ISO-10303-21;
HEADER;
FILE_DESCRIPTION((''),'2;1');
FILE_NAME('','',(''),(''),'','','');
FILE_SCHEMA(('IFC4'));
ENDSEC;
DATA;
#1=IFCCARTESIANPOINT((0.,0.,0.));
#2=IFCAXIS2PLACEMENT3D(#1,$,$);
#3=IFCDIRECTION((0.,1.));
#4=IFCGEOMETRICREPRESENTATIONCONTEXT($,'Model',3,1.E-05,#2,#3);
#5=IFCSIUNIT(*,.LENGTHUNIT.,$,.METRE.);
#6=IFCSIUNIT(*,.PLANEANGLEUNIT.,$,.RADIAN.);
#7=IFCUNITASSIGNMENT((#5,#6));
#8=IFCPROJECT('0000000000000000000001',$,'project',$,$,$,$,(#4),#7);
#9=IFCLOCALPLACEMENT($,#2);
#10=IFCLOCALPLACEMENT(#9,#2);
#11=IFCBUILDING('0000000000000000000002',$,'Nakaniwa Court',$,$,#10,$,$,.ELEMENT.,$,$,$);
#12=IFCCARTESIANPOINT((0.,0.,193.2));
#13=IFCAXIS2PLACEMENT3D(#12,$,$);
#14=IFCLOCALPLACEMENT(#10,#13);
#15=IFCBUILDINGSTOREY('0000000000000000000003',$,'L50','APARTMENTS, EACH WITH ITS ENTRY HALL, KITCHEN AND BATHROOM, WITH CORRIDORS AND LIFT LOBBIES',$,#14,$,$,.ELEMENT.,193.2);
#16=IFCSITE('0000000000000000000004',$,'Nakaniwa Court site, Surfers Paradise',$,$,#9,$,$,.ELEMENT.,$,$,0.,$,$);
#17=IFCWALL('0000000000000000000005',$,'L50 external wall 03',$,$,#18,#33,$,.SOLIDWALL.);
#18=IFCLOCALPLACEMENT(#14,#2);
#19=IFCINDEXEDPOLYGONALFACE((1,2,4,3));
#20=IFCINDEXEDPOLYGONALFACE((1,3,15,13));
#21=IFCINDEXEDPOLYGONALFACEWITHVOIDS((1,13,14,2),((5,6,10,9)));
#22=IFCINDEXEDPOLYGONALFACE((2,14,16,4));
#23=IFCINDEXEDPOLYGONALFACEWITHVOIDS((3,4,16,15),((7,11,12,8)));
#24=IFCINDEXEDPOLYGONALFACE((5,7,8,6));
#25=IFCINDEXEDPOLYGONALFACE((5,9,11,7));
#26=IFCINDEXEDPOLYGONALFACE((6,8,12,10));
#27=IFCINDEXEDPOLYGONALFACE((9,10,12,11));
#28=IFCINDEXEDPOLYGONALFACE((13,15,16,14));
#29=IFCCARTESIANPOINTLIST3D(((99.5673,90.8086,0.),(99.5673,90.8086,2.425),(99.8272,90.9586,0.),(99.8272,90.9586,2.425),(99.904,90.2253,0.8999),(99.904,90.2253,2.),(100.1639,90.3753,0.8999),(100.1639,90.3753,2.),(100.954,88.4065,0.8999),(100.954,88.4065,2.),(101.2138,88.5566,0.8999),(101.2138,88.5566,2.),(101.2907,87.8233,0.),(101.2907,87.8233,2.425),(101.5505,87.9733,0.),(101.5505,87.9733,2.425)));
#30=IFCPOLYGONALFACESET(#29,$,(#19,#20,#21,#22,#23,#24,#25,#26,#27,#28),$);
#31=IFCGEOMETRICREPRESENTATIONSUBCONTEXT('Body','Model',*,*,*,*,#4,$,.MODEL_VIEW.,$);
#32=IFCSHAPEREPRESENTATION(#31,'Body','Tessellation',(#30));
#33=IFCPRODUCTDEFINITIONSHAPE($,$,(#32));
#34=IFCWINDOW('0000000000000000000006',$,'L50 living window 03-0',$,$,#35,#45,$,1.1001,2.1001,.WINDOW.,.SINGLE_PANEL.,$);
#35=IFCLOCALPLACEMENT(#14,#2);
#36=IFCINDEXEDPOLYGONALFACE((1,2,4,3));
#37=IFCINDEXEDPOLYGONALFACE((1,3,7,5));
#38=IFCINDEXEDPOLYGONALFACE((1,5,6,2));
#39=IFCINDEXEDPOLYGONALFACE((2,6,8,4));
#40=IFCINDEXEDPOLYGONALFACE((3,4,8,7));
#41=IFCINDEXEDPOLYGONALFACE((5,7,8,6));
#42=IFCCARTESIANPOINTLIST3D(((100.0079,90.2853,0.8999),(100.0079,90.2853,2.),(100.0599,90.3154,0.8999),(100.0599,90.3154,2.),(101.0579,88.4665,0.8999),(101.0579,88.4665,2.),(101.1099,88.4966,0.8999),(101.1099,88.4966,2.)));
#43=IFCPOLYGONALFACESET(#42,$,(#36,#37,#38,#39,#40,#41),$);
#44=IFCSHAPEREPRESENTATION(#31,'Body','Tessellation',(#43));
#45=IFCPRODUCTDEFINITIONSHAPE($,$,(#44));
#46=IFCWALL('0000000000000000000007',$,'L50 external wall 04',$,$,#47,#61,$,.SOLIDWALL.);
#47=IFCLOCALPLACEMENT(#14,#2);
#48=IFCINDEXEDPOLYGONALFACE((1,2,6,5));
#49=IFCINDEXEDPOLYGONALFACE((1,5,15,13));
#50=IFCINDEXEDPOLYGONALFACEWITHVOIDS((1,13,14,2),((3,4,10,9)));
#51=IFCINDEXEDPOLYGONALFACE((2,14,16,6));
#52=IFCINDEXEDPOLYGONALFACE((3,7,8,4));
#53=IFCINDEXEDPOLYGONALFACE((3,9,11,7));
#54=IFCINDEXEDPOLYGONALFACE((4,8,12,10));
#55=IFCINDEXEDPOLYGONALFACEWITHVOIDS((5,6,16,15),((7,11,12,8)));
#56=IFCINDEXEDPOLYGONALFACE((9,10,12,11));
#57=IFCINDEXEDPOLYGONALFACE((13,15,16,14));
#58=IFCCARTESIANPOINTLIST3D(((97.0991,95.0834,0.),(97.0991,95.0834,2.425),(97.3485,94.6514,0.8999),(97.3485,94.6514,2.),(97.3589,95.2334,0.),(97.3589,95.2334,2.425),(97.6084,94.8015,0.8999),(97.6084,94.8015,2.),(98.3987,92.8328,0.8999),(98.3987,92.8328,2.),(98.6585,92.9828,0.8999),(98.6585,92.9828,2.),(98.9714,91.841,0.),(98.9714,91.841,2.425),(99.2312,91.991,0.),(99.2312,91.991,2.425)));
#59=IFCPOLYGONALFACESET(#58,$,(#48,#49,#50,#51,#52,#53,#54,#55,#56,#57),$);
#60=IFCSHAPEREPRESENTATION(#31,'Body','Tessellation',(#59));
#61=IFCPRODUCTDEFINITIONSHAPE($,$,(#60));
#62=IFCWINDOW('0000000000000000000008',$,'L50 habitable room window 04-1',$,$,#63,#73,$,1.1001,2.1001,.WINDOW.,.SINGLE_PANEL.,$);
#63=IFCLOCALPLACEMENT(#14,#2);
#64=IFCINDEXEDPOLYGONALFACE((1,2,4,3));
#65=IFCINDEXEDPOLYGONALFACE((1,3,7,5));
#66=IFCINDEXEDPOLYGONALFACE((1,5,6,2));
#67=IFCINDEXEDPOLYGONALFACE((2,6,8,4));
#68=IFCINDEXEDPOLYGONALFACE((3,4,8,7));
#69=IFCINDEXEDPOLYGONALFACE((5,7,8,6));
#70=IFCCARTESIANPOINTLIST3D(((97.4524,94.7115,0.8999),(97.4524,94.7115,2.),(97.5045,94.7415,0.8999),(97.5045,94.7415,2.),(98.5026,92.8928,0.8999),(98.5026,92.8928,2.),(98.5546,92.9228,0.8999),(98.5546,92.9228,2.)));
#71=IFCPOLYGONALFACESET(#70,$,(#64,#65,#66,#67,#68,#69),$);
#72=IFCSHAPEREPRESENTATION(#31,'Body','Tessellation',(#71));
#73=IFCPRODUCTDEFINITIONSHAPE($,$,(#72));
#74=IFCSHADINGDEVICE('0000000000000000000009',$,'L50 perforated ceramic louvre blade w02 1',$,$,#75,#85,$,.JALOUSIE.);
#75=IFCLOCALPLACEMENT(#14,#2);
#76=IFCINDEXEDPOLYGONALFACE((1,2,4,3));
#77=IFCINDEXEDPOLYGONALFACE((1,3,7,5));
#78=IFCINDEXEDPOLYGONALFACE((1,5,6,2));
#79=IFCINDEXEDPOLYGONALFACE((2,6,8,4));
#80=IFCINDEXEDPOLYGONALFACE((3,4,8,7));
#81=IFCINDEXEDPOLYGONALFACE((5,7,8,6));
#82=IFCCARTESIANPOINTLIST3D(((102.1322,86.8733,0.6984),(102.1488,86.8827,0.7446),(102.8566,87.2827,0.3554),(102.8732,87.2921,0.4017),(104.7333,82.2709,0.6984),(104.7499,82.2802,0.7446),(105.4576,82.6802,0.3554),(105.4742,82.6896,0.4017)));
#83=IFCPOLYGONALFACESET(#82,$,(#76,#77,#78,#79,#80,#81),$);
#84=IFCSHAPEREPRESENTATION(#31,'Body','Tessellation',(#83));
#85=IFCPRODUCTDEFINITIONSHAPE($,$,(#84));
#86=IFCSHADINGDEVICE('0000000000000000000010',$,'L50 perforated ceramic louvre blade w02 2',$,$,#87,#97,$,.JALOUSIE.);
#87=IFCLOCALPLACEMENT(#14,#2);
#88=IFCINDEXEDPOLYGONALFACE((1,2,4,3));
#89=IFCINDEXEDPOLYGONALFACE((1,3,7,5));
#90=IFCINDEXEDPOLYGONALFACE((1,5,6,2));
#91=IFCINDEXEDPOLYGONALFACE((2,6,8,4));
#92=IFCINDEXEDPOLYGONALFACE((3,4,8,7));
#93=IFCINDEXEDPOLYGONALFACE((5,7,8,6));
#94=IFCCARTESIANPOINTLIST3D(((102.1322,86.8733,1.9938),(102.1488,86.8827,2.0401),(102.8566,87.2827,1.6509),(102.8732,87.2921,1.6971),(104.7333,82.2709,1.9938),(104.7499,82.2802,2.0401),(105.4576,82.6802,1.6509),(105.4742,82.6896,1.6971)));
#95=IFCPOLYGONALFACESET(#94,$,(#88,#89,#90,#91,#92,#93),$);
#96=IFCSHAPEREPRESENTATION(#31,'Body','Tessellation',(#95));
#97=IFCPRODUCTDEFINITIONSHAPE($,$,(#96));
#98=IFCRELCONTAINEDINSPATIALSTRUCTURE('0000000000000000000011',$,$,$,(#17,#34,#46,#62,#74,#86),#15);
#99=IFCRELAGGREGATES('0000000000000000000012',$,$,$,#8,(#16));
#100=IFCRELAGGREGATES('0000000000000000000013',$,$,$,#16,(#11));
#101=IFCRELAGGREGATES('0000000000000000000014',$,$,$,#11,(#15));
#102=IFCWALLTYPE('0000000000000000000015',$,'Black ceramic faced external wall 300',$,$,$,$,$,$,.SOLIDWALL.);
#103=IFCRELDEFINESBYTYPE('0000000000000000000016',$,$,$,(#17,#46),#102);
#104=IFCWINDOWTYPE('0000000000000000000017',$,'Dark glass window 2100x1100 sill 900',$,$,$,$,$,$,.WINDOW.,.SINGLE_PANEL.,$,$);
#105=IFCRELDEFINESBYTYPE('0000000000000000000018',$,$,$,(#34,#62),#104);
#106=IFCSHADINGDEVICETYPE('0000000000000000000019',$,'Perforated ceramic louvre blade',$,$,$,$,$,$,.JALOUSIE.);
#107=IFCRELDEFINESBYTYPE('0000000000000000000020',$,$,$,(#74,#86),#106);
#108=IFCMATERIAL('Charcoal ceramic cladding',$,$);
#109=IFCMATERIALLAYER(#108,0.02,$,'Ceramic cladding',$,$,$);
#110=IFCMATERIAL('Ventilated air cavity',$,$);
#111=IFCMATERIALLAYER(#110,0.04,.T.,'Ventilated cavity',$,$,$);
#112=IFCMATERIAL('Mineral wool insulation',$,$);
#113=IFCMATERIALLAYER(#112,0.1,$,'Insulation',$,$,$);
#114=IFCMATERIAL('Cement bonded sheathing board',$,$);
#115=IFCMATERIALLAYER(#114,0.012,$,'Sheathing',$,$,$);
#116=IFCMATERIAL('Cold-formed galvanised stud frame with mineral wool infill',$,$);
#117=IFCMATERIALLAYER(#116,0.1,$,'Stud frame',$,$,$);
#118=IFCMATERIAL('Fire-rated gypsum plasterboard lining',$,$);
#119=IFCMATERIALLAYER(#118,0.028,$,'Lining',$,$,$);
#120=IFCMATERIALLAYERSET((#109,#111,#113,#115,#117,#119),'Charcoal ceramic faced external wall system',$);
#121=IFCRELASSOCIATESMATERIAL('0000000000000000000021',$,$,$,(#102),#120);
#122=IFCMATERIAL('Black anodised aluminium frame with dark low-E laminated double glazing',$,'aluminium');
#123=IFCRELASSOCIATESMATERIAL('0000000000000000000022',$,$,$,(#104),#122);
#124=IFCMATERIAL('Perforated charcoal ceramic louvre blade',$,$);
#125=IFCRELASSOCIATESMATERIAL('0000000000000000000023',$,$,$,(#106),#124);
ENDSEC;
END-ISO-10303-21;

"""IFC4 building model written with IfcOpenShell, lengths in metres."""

from ifc_helpers import new_model, si_unit, direction, frame, frame_2d, origin, origin_2d, place, context, subcontext, project, spatial, rectangle, extrude, material, layer, layer_set, material_profile, profile_set, type_object, element, fill, save


model = new_model("IFC4")

# Units and contexts
model_context = context("Model", 3, precision=1e-05, world=origin(), true_north=direction((0.0, 1.0)))
body_context = subcontext(model_context, "Body", "Model", "MODEL_VIEW")
ifc_project = project(units=[si_unit("LENGTHUNIT", "METRE"), si_unit("PLANEANGLEUNIT", "RADIAN")], contexts=[model_context])

# Site, building, storey
site_placement = place(None, origin())
site = spatial("IfcSite", under=ifc_project, at=site_placement, Name="Nakaniwa Court site, Surfers Paradise", CompositionType="ELEMENT", RefElevation=0.0)
building_placement = place(site_placement, origin())
building = spatial("IfcBuilding", under=site, at=building_placement, Name="Nakaniwa Court", CompositionType="ELEMENT")
storey_placement = place(building_placement, frame((0.0, 0.0, 193.2)))
storey = spatial("IfcBuildingStorey", under=building, at=storey_placement, Name="L50", Description="APARTMENTS, EACH WITH ITS ENTRY HALL, KITCHEN AND BATHROOM, WITH CORRIDORS AND LIFT LOBBIES", CompositionType="ELEMENT", Elevation=193.2)

# Shared definitions
ifc_material_1 = material(Name="Charcoal ceramic cladding")
ifc_layer_1 = layer(ifc_material_1, 0.02, Name="Ceramic cladding")
ifc_material_2 = material(Name="Ventilated air cavity")
ifc_layer_2 = layer(ifc_material_2, 0.04, ventilated=True, Name="Ventilated cavity")
ifc_material_3 = material(Name="Mineral wool insulation")
ifc_layer_3 = layer(ifc_material_3, 0.1, Name="Insulation")
ifc_material_4 = material(Name="Cement bonded sheathing board")
ifc_layer_4 = layer(ifc_material_4, 0.012, Name="Sheathing")
ifc_material_5 = material(Name="Cold-formed galvanised stud frame with mineral wool infill")
ifc_layer_5 = layer(ifc_material_5, 0.1, Name="Stud frame")
ifc_material_6 = material(Name="Fire-rated gypsum plasterboard lining")
ifc_layer_6 = layer(ifc_material_6, 0.028, Name="Lining")
ifc_layer_set = layer_set([ifc_layer_1, ifc_layer_2, ifc_layer_3, ifc_layer_4, ifc_layer_5, ifc_layer_6], Name="Charcoal ceramic faced external wall system")
wall_type = type_object("IfcWallType", Name="Black ceramic faced external wall 300", PredefinedType="SOLIDWALL", material=ifc_layer_set)
ifc_material_7 = material(Name="Black anodised aluminium frame with dark low-E laminated double glazing", Category="aluminium")

# Shared definitions
window_type_1 = type_object("IfcWindowType", Name="Dark glass window 2100x1100 sill 900", PartitioningType="SINGLE_PANEL", PredefinedType="WINDOW", material=ifc_material_7)

# Walls, openings, windows
wall_1_placement = place(storey_placement, frame((101.4207, 87.8982, 0.0), z_axis=(0.0, 0.0, 1.0), x_axis=(-0.499955, 0.866051, 0.0)))
wall_1 = element("IfcWall", 1, at=wall_1_placement, inside=storey, type_object=wall_type, Name="L50 external wall 03", PredefinedType="SOLIDWALL", context=body_context, shape_type="SweptSolid", body=[
    extrude(rectangle(XDim=3.447, YDim=0.3, at=frame_2d((1.7236, 0.0))), origin(), (0.0, 0.0, 1.0), 2.425),
])
opening_1_placement = place(wall_1_placement, frame((0.6736, 0.0, 0.8999)))
opening_1 = element("IfcOpeningElement", 2, at=opening_1_placement, cuts=wall_1, PredefinedType="OPENING", context=body_context, shape_type="SweptSolid", body=[
    extrude(rectangle(XDim=2.1001, YDim=1.1001, at=frame_2d((1.05, 0.55))), frame((0.0, 0.1599, 0.0), z_axis=(0.0, -1.0, 0.0), x_axis=(1.0, 0.0, 0.0)), (0.0, 0.0, 1.0), 0.3201),
])
window_1_placement = place(opening_1_placement, origin())
window_1 = element("IfcWindow", 3, at=window_1_placement, inside=storey, type_object=window_type_1, Name="L50 living window 03-0", OverallHeight=1.1001, OverallWidth=2.1001, PartitioningType="SINGLE_PANEL", PredefinedType="WINDOW", context=body_context, shape_type="SweptSolid", body=[
    extrude(rectangle(XDim=2.1001, YDim=1.1001, at=frame_2d((1.05, 0.55))), frame((0.0, 0.03, 0.0), z_axis=(0.0, -1.0, 0.0), x_axis=(1.0, 0.0, 0.0)), (0.0, 0.0, 1.0), 0.0601),
])
fill(opening_1, window_1)
wall_2_placement = place(storey_placement, frame((99.1013, 91.916, 0.0), z_axis=(0.0, 0.0, 1.0), x_axis=(-0.500059, 0.865991, 0.0)))
wall_2 = element("IfcWall", 4, at=wall_2_placement, inside=storey, type_object=wall_type, Name="L50 external wall 04", PredefinedType="SOLIDWALL", context=body_context, shape_type="SweptSolid", body=[
    extrude(rectangle(XDim=3.7441, YDim=0.3, at=frame_2d((1.8721, 0.0))), origin(), (0.0, 0.0, 1.0), 2.425),
])
opening_2_placement = place(wall_2_placement, frame((1.1453, 0.0, 0.8999)))
opening_2 = element("IfcOpeningElement", 5, at=opening_2_placement, cuts=wall_2, PredefinedType="OPENING", context=body_context, shape_type="SweptSolid", body=[
    extrude(rectangle(XDim=2.1001, YDim=1.1001, at=frame_2d((1.05, 0.55))), frame((0.0, 0.1599, 0.0), z_axis=(0.0, -1.0, 0.0), x_axis=(1.0, 0.0, 0.0)), (0.0, 0.0, 1.0), 0.3201),
])
window_2_placement = place(opening_2_placement, origin())
window_2 = element("IfcWindow", 6, at=window_2_placement, inside=storey, type_object=window_type_1, Name="L50 habitable room window 04-1", OverallHeight=1.1001, OverallWidth=2.1001, PartitioningType="SINGLE_PANEL", PredefinedType="WINDOW", context=body_context, shape_type="SweptSolid", body=[
    extrude(rectangle(XDim=2.1001, YDim=1.1001, at=frame_2d((1.05, 0.55))), frame((0.0, 0.03, 0.0), z_axis=(0.0, -1.0, 0.0), x_axis=(1.0, 0.0, 0.0)), (0.0, 0.0, 1.0), 0.0601),
])
fill(opening_2, window_2)

# Shading devices
ifc_material_8 = material(Name="Perforated charcoal ceramic louvre blade")
ifc_material_profile_1 = material_profile(ifc_material_8, rectangle(XDim=0.8999, YDim=0.05, at=origin_2d()), Name="Perforated ceramic louvre blade")
ifc_profile_set_1 = profile_set([ifc_material_profile_1], Name="Perforated charcoal ceramic louvre blade")
shading_device_type = type_object("IfcShadingDeviceType", Name="Perforated ceramic louvre blade", PredefinedType="JALOUSIE", material=ifc_profile_set_1)
for number, where, z_axis, x_axis, name in (
    (7, (105.1038, 82.4802, 0.55), (-0.492006, 0.870592, 0.0), (-0.804902, -0.454882, 0.38107), "L50 perforated ceramic louvre blade w02 1"),
    (8, (105.1038, 82.4802, 1.8455), (-0.492006, 0.870592, 0.0), (-0.804902, -0.454882, 0.38107), "L50 perforated ceramic louvre blade w02 2"),
):
    element("IfcShadingDevice", number, at=place(storey_placement, frame(where, z_axis=z_axis, x_axis=x_axis)), inside=storey, type_object=shading_device_type, Name=name, PredefinedType="JALOUSIE", context=body_context, shape_type="SweptSolid", body=[
        extrude(rectangle(XDim=0.8999, YDim=0.05, at=origin_2d()), origin(), (0.0, 0.0, 1.0), 5.2866),
    ])

save(model, "model.ifc")
